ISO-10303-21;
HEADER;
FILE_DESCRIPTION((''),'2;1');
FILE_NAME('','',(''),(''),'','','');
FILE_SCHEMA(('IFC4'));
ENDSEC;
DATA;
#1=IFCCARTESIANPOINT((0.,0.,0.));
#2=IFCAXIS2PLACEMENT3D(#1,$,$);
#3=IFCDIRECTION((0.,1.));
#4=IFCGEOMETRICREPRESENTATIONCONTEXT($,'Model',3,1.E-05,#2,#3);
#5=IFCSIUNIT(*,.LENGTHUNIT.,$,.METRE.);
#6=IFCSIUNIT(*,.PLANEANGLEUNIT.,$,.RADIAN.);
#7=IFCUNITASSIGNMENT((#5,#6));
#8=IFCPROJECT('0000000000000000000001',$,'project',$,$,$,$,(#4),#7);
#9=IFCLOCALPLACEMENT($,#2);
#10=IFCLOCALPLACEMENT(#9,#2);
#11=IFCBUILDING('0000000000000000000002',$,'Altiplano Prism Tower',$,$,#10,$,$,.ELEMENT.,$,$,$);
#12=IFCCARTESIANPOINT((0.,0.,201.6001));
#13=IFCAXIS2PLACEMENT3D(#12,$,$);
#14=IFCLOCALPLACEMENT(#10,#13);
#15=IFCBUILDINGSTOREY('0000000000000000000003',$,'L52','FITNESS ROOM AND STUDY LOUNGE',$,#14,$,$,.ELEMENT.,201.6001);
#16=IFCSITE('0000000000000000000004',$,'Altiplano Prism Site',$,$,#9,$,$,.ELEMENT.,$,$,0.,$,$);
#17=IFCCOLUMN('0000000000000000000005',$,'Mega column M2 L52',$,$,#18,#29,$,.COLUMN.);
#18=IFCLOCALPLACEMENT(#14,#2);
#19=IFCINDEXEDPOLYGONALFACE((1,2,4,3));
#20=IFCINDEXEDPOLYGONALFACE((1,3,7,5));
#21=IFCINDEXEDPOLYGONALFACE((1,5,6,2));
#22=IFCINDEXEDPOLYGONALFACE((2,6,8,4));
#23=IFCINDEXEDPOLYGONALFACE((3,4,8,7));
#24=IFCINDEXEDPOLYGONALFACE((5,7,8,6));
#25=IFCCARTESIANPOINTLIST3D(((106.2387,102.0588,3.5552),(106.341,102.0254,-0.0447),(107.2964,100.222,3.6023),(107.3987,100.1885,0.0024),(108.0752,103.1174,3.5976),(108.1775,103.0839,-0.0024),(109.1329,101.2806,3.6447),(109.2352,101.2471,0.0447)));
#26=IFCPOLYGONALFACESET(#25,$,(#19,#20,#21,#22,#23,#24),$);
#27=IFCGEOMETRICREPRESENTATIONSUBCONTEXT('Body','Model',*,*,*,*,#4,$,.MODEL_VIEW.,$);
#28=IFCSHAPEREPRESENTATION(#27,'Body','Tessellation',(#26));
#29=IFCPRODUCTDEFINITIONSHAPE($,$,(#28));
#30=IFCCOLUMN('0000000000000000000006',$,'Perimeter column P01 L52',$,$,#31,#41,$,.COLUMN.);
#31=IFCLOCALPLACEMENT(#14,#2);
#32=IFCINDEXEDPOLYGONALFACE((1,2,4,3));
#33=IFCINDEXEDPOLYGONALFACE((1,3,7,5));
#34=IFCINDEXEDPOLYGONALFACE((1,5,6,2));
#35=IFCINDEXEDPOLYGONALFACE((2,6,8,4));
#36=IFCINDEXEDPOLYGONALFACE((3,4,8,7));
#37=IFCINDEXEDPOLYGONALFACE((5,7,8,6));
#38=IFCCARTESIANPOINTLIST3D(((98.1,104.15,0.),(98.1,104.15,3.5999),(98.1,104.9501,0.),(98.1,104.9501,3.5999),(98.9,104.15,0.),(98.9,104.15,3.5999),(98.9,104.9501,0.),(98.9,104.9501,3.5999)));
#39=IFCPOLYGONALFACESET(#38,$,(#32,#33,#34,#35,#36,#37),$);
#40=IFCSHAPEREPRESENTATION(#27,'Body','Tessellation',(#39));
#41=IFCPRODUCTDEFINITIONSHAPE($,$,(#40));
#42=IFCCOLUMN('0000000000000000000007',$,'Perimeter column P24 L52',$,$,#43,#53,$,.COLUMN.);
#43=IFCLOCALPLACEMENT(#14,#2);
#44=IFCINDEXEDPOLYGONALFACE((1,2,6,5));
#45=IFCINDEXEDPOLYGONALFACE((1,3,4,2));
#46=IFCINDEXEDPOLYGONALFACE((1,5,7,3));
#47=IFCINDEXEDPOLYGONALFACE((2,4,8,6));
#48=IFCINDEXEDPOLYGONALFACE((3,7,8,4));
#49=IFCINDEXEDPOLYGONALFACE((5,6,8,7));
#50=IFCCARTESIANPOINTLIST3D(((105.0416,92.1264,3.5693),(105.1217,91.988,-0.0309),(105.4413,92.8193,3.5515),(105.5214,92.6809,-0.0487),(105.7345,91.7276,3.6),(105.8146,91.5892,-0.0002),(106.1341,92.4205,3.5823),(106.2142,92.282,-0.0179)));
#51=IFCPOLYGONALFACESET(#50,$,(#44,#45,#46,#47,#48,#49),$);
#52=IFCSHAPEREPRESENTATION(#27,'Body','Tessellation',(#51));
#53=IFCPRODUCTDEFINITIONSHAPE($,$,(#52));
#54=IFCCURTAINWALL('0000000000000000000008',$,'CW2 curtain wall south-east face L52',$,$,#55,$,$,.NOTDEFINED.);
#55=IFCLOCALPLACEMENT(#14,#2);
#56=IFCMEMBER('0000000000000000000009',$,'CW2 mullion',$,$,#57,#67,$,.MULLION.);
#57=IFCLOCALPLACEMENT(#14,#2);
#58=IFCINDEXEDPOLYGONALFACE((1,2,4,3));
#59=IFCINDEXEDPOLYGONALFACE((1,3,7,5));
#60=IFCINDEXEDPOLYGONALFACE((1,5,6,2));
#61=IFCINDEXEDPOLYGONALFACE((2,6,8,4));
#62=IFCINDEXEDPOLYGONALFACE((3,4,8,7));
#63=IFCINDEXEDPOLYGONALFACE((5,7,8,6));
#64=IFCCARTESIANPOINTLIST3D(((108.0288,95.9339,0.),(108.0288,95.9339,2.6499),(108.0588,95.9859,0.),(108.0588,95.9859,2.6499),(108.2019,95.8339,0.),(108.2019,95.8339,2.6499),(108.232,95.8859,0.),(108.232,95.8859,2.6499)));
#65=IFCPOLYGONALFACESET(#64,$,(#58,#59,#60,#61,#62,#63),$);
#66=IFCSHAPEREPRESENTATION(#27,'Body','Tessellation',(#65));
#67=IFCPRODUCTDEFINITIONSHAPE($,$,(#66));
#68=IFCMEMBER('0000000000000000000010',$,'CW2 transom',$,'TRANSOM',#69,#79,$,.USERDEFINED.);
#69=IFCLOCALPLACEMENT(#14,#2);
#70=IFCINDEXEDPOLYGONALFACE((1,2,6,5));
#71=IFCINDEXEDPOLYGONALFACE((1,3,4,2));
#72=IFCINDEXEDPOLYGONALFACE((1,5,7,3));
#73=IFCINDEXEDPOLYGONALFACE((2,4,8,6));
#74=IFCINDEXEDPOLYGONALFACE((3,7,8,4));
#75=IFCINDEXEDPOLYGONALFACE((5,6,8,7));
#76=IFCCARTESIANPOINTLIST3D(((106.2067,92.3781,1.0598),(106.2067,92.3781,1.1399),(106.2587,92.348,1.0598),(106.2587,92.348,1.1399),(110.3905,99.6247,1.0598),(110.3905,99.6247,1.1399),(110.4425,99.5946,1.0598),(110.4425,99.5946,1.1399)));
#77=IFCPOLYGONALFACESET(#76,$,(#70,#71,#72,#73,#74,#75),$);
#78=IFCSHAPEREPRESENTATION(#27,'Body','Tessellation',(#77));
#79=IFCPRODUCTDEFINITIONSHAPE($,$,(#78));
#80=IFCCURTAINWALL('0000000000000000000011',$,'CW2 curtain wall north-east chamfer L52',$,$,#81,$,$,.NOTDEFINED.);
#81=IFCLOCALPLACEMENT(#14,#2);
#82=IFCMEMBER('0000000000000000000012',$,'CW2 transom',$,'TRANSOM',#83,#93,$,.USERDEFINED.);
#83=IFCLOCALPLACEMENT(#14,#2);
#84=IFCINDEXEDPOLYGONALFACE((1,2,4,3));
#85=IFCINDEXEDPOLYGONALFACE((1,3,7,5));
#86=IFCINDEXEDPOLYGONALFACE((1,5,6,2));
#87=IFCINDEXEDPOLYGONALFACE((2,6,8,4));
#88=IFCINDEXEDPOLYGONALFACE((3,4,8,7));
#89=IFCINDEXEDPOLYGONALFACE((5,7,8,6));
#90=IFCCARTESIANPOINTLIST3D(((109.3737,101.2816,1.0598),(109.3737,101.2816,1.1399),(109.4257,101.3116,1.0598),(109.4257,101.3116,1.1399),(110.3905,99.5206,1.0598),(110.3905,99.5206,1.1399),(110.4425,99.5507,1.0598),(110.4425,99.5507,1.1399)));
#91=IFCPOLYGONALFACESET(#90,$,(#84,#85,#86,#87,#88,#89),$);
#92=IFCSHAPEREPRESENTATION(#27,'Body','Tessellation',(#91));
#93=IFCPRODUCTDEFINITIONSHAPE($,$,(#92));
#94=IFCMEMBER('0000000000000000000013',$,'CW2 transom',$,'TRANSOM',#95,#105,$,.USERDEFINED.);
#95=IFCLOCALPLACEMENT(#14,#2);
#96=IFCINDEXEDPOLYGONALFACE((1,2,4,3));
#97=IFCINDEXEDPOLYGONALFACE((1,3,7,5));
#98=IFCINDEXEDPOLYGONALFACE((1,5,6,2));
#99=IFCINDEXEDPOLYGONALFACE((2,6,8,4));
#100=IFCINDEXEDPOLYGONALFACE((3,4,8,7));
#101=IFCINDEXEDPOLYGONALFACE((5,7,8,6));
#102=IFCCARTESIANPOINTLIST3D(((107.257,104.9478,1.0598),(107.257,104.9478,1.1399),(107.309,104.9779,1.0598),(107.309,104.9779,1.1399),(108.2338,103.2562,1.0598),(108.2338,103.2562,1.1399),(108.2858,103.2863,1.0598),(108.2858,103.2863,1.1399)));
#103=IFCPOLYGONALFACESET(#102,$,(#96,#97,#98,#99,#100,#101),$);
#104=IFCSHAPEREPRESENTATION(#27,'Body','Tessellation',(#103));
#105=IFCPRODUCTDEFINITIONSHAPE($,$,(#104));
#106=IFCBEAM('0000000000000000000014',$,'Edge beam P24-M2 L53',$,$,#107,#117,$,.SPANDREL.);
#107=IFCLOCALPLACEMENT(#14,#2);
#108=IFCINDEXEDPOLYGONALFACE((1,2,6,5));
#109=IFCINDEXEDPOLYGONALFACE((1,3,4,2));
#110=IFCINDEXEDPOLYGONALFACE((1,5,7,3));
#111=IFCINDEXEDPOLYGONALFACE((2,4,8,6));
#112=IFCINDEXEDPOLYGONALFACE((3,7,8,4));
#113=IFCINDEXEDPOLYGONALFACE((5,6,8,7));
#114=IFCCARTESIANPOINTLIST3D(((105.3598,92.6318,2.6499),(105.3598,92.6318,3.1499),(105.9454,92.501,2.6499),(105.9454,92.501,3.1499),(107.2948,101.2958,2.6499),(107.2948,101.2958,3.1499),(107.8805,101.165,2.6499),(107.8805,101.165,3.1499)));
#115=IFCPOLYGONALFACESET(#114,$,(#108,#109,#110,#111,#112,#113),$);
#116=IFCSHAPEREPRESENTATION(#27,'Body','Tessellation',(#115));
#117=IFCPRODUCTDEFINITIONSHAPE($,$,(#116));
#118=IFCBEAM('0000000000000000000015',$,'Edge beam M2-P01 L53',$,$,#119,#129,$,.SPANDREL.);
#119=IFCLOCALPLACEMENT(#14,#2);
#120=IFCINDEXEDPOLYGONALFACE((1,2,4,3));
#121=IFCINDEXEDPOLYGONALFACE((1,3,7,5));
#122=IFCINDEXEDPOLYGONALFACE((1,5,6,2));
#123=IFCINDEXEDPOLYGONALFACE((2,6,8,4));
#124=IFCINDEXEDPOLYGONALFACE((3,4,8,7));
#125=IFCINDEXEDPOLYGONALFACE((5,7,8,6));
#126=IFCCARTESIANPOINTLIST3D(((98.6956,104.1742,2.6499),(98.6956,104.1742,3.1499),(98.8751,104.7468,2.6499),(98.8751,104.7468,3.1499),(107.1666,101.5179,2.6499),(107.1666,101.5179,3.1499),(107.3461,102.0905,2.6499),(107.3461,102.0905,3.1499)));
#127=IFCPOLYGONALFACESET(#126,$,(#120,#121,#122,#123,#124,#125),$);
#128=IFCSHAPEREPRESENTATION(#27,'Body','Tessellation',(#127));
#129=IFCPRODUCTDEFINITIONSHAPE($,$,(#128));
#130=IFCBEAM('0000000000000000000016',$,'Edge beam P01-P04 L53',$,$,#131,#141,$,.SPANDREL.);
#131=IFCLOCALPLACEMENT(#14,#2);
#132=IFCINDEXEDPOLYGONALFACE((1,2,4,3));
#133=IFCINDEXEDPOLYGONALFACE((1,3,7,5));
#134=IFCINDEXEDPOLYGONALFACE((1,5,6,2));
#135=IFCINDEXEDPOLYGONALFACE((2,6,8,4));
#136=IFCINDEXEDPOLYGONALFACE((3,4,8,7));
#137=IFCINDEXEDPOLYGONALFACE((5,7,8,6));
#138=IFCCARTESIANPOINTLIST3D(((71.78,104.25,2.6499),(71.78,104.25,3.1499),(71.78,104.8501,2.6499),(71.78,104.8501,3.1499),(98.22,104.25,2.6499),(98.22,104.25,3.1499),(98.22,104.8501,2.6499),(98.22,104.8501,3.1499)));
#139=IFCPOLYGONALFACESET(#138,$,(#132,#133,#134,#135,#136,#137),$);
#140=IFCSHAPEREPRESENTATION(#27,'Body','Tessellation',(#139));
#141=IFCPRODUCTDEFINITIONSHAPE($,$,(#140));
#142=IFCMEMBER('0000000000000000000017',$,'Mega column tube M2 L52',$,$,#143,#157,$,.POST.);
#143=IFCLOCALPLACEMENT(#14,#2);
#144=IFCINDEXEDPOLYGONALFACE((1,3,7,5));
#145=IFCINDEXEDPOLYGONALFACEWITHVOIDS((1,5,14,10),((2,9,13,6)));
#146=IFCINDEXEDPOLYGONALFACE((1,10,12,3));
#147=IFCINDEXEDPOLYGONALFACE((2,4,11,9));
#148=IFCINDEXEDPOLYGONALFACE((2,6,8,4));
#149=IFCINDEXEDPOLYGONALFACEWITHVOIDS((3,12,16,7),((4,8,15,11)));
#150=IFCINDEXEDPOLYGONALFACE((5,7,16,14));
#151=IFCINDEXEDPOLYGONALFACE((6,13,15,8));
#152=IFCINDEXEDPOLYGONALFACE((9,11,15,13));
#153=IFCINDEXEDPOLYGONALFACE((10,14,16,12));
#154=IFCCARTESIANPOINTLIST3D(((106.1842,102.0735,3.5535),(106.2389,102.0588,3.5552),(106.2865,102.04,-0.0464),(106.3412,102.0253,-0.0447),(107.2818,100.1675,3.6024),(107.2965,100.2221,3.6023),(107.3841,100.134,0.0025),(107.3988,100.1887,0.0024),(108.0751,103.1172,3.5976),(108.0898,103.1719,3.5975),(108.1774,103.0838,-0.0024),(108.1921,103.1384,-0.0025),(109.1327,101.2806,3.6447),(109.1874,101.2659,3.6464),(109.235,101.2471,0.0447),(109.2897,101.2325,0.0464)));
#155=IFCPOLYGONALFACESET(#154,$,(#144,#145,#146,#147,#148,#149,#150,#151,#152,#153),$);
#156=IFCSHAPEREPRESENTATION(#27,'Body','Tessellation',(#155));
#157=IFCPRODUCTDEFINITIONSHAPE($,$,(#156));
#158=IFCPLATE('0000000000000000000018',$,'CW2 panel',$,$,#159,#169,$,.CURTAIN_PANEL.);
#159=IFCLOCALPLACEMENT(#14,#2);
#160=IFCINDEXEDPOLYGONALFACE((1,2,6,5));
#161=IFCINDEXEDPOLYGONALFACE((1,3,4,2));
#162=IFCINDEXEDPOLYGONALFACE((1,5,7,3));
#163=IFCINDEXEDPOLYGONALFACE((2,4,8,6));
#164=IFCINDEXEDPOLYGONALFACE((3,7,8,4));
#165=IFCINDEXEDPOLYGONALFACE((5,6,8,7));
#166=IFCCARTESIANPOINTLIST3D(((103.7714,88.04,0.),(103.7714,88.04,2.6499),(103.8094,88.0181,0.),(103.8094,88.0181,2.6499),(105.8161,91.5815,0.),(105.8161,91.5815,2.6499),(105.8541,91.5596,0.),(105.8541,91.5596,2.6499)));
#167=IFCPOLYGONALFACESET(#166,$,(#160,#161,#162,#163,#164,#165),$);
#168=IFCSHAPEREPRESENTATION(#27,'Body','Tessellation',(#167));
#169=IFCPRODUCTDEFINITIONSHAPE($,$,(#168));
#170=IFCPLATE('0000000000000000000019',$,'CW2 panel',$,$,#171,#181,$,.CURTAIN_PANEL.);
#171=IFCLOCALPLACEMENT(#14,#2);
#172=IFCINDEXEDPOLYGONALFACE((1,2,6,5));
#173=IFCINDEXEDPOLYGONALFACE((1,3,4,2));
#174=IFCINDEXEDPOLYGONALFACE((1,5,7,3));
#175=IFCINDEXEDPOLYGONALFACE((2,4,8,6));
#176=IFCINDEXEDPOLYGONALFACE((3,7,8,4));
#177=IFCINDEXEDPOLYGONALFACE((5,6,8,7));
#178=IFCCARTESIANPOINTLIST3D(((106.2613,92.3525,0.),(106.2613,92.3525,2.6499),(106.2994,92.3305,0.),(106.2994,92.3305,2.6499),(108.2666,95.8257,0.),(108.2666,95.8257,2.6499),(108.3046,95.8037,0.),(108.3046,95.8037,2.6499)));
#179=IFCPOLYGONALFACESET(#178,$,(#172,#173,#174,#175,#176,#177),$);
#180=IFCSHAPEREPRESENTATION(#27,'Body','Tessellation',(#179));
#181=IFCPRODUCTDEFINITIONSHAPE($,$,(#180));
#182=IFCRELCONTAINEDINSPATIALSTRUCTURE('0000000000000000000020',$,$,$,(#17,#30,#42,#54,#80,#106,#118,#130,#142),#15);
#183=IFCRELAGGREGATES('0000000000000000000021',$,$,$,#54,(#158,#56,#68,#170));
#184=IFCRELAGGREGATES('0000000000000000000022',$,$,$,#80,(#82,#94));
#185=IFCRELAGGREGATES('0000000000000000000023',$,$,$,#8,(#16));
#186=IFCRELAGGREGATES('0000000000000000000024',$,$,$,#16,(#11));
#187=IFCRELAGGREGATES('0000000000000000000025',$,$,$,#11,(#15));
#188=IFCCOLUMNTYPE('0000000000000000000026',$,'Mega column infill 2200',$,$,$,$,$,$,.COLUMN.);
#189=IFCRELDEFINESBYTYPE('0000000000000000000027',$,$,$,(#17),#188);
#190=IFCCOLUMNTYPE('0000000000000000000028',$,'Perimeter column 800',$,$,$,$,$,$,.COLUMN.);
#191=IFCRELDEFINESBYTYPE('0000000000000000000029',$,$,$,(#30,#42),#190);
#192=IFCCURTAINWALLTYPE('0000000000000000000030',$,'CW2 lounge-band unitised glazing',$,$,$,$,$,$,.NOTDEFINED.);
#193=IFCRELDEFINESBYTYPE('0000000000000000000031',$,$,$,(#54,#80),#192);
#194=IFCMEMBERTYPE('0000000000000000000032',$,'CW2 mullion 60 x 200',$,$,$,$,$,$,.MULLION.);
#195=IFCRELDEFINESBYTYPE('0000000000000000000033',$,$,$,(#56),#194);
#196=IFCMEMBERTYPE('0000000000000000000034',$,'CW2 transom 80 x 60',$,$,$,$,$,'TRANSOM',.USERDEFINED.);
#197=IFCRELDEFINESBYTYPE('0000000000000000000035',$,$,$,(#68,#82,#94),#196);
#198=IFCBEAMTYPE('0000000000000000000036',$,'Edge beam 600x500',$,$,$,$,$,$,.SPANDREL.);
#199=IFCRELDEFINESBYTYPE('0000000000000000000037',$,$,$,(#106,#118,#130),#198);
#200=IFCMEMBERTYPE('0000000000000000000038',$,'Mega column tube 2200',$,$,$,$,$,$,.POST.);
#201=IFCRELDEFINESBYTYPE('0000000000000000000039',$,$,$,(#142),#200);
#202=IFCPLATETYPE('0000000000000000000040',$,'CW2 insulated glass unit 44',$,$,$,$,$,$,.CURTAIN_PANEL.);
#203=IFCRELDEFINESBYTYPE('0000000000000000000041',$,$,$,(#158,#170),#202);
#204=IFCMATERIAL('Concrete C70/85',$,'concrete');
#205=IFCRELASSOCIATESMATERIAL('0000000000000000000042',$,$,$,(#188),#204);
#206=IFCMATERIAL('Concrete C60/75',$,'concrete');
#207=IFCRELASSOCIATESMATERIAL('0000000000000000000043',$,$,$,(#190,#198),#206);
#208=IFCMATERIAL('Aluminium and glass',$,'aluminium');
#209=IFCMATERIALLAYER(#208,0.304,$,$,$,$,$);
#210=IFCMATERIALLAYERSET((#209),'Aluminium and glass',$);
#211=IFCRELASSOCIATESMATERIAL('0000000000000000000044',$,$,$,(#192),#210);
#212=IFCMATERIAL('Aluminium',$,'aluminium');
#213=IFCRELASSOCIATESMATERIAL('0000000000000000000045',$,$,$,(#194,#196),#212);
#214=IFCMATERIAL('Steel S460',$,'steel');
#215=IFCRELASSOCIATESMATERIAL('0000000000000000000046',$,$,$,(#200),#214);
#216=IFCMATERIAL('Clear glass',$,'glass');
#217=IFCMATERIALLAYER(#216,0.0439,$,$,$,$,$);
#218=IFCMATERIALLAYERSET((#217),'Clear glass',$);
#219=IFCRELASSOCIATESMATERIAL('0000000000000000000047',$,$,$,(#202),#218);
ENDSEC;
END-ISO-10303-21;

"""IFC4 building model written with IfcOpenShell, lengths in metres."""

from ifc_helpers import new_model, si_unit, direction, frame, origin, origin_2d, place, context, subcontext, project, spatial, rectangle, hollow_rectangle, extrude, material, layer, layer_set, material_profile, profile_set, type_object, element, aggregate, save


model = new_model("IFC4")

# Units and contexts
model_context = context("Model", 3, precision=1e-05, world=origin(), true_north=direction((0.0, 1.0)))
body_context = subcontext(model_context, "Body", "Model", "MODEL_VIEW")
ifc_project = project(units=[si_unit("LENGTHUNIT", "METRE"), si_unit("PLANEANGLEUNIT", "RADIAN")], contexts=[model_context])

# Site, building, storey
site_placement = place(None, origin())
site = spatial("IfcSite", under=ifc_project, at=site_placement, Name="Altiplano Prism Site", CompositionType="ELEMENT", RefElevation=0.0)
building_placement = place(site_placement, origin())
building = spatial("IfcBuilding", under=site, at=building_placement, Name="Altiplano Prism Tower", CompositionType="ELEMENT")
storey_placement = place(building_placement, frame((0.0, 0.0, 201.6001)))
storey = spatial("IfcBuildingStorey", under=building, at=storey_placement, Name="L52", Description="FITNESS ROOM AND STUDY LOUNGE", CompositionType="ELEMENT", Elevation=201.6001)

# Columns
ifc_material_1 = material(Name="Concrete C70/85", Category="concrete")
ifc_material_profile_1 = material_profile(ifc_material_1, rectangle(XDim=2.1201, YDim=2.1201, at=origin_2d()), Name="Mega column infill 2200")
ifc_profile_set_1 = profile_set([ifc_material_profile_1], Name="Concrete C70/85")
column_type_1 = type_object("IfcColumnType", Name="Mega column infill 2200", PredefinedType="COLUMN", material=ifc_profile_set_1)
column_1_placement = place(storey_placement, frame((107.7881, 101.6362, 0.0), z_axis=(-0.028404, 0.009287, 0.999553), x_axis=(0.498891, -0.866379, 0.022226)))
element("IfcColumn", 1, at=column_1_placement, inside=storey, type_object=column_type_1, Name="Mega column M2 L52", PredefinedType="COLUMN", context=body_context, shape_type="SweptSolid", body=[
    extrude(rectangle(XDim=2.1201, YDim=2.1201, at=origin_2d()), origin(), (0.0, 0.0, 1.0), 3.6016),
])
ifc_material_2 = material(Name="Concrete C60/75", Category="concrete")
ifc_material_profile_2 = material_profile(ifc_material_2, rectangle(XDim=0.8, YDim=0.8, at=origin_2d()), Name="Perimeter column 800")
ifc_profile_set_2 = profile_set([ifc_material_profile_2], Name="Concrete C60/75")
column_type_2 = type_object("IfcColumnType", Name="Perimeter column 800", PredefinedType="COLUMN", material=ifc_profile_set_2)
column_2_placement = place(storey_placement, frame((98.5, 104.55, 0.0), z_axis=(0.0, 0.0, 1.0), x_axis=(1.0, 0.0, 0.0)))
element("IfcColumn", 2, at=column_2_placement, inside=storey, type_object=column_type_2, Name="Perimeter column P01 L52", PredefinedType="COLUMN", context=body_context, shape_type="SweptSolid", body=[
    extrude(rectangle(XDim=0.8, YDim=0.8, at=origin_2d()), origin(), (0.0, 0.0, 1.0), 3.5999),
])
column_3_placement = place(storey_placement, frame((105.668, 92.135, -0.0244), z_axis=(-0.022221, 0.038413, 0.999015), x_axis=(-0.499508, -0.866025, 0.022189)))
element("IfcColumn", 3, at=column_3_placement, inside=storey, type_object=column_type_2, Name="Perimeter column P24 L52", PredefinedType="COLUMN", context=body_context, shape_type="SweptSolid", body=[
    extrude(rectangle(XDim=0.8, YDim=0.8, at=origin_2d()), origin(), (0.0, 0.0, 1.0), 3.6038),
])

# Curtain walls, members
ifc_material_3 = material(Name="Aluminium and glass", Category="aluminium")
ifc_layer_1 = layer(ifc_material_3, 0.304)
ifc_layer_set_1 = layer_set([ifc_layer_1], Name="Aluminium and glass")
curtain_wall_type = type_object("IfcCurtainWallType", Name="CW2 lounge-band unitised glazing", PredefinedType="NOTDEFINED", material=ifc_layer_set_1)
curtain_wall_1_placement = place(storey_placement, origin())
curtain_wall_1 = element("IfcCurtainWall", 4, at=curtain_wall_1_placement, inside=storey, type_object=curtain_wall_type, Name="CW2 curtain wall south-east face L52", PredefinedType="NOTDEFINED")
ifc_material_4 = material(Name="Aluminium", Category="aluminium")
ifc_material_profile_3 = material_profile(ifc_material_4, rectangle(XDim=0.2, YDim=0.0601, at=origin_2d()), Name="CW2 mullion 60 x 200")
ifc_profile_set_3 = profile_set([ifc_material_profile_3], Name="Aluminium")
member_type_1 = type_object("IfcMemberType", Name="CW2 mullion 60 x 200", PredefinedType="MULLION", material=ifc_profile_set_3)
member_1_placement = place(storey_placement, frame((108.1304, 95.9099, 0.0), z_axis=(0.0, 0.0, 1.0), x_axis=(-0.866025, 0.5, 0.0)))
member_1 = element("IfcMember", 5, at=member_1_placement, type_object=member_type_1, Name="CW2 mullion", PredefinedType="MULLION", context=body_context, shape_type="SweptSolid", body=[
    extrude(rectangle(XDim=0.2, YDim=0.0601, at=origin_2d()), origin(), (0.0, 0.0, 1.0), 2.6499),
])
ifc_material_profile_4 = material_profile(ifc_material_4, rectangle(XDim=0.0601, YDim=0.0801, at=origin_2d()), Name="CW2 transom 80 x 60")
ifc_profile_set_4 = profile_set([ifc_material_profile_4], Name="Aluminium")
member_type_2 = type_object("IfcMemberType", Name="CW2 transom 80 x 60", ElementType="TRANSOM", PredefinedType="USERDEFINED", material=ifc_profile_set_4)
member_2_placement = place(storey_placement, frame((106.2327, 92.363, 1.0999), z_axis=(0.500002, 0.866024, 0.0), x_axis=(-0.866024, 0.500002, 0.0)))
member_2 = element("IfcMember", 6, at=member_2_placement, type_object=member_type_2, Name="CW2 transom", ObjectType="TRANSOM", PredefinedType="USERDEFINED", context=body_context, shape_type="SweptSolid", body=[
    extrude(rectangle(XDim=0.0601, YDim=0.0801, at=origin_2d()), origin(), (0.0, 0.0, 1.0), 8.3677),
])
curtain_wall_2_placement = place(storey_placement, origin())
curtain_wall_2 = element("IfcCurtainWall", 7, at=curtain_wall_2_placement, inside=storey, type_object=curtain_wall_type, Name="CW2 curtain wall north-east chamfer L52", PredefinedType="NOTDEFINED")
member_3_placement = place(storey_placement, frame((110.4165, 99.5356, 1.0999), z_axis=(-0.500052, 0.865996, 0.0), x_axis=(-0.865996, -0.500052, 0.0)))
member_3 = element("IfcMember", 8, at=member_3_placement, type_object=member_type_2, Name="CW2 transom", ObjectType="TRANSOM", PredefinedType="USERDEFINED", context=body_context, shape_type="SweptSolid", body=[
    extrude(rectangle(XDim=0.0601, YDim=0.0801, at=origin_2d()), origin(), (0.0, 0.0, 1.0), 2.0334),
])
member_4_placement = place(storey_placement, frame((108.2598, 103.2712, 1.0999), z_axis=(-0.500051, 0.865996, 0.0), x_axis=(-0.865996, -0.500051, 0.0)))
member_4 = element("IfcMember", 9, at=member_4_placement, type_object=member_type_2, Name="CW2 transom", ObjectType="TRANSOM", PredefinedType="USERDEFINED", context=body_context, shape_type="SweptSolid", body=[
    extrude(rectangle(XDim=0.0601, YDim=0.0801, at=origin_2d()), origin(), (0.0, 0.0, 1.0), 1.9534),
])

# Beams
ifc_material_profile_5 = material_profile(ifc_material_2, rectangle(XDim=0.6001, YDim=0.5, at=origin_2d()), Name="Edge beam 600x500")
ifc_profile_set_5 = profile_set([ifc_material_profile_5], Name="Concrete C60/75")
beam_type = type_object("IfcBeamType", Name="Edge beam 600x500", PredefinedType="SPANDREL", material=ifc_profile_set_5)
beam_1_placement = place(storey_placement, frame((105.6526, 92.5664, 2.8999), z_axis=(0.217973, 0.975955, 0.0), x_axis=(-0.975955, 0.217973, 0.0)))
element("IfcBeam", 10, at=beam_1_placement, inside=storey, type_object=beam_type, Name="Edge beam P24-M2 L53", PredefinedType="SPANDREL", context=body_context, shape_type="SweptSolid", body=[
    extrude(rectangle(XDim=0.6001, YDim=0.5, at=origin_2d()), origin(), (0.0, 0.0, 1.0), 8.8774),
])
beam_2_placement = place(storey_placement, frame((107.2563, 101.8042, 2.8999), z_axis=(-0.954188, 0.299207, 0.0), x_axis=(-0.299207, -0.954188, 0.0)))
element("IfcBeam", 11, at=beam_2_placement, inside=storey, type_object=beam_type, Name="Edge beam M2-P01 L53", PredefinedType="SPANDREL", context=body_context, shape_type="SweptSolid", body=[
    extrude(rectangle(XDim=0.6001, YDim=0.5, at=origin_2d()), origin(), (0.0, 0.0, 1.0), 8.8777),
])
beam_3_placement = place(storey_placement, frame((98.22, 104.55, 2.8999), z_axis=(-1.0, 0.0, 0.0), x_axis=(0.0, -1.0, 0.0)))
element("IfcBeam", 12, at=beam_3_placement, inside=storey, type_object=beam_type, Name="Edge beam P01-P04 L53", PredefinedType="SPANDREL", context=body_context, shape_type="SweptSolid", body=[
    extrude(rectangle(XDim=0.6001, YDim=0.5, at=origin_2d()), origin(), (0.0, 0.0, 1.0), 26.4399),
])

# Member
ifc_material_5 = material(Name="Steel S460", Category="steel")
ifc_material_profile_6 = material_profile(ifc_material_5, hollow_rectangle(XDim=2.2, YDim=2.2, WallThickness=0.04, at=origin_2d()), Name="Mega column tube 2200")
ifc_profile_set_6 = profile_set([ifc_material_profile_6], Name="Steel S460")
member_type_3 = type_object("IfcMemberType", Name="Mega column tube 2200", PredefinedType="POST", material=ifc_profile_set_6)
member_5_placement = place(storey_placement, frame((107.7881, 101.6362, 0.0), z_axis=(-0.028404, 0.009287, 0.999553), x_axis=(0.498891, -0.866379, 0.022226)))
element("IfcMember", 13, at=member_5_placement, inside=storey, type_object=member_type_3, Name="Mega column tube M2 L52", PredefinedType="POST", context=body_context, shape_type="SweptSolid", body=[
    extrude(hollow_rectangle(XDim=2.2, YDim=2.2, WallThickness=0.04, at=origin_2d()), origin(), (0.0, 0.0, 1.0), 3.6016),
])

# Plates
ifc_material_6 = material(Name="Clear glass", Category="glass")
ifc_layer_2 = layer(ifc_material_6, 0.0439)
ifc_layer_set_2 = layer_set([ifc_layer_2], Name="Clear glass")
plate_type = type_object("IfcPlateType", Name="CW2 insulated glass unit 44", PredefinedType="CURTAIN_PANEL", material=ifc_layer_set_2)
plate_1_placement = place(storey_placement, frame((104.8127, 89.7998, 0.0), z_axis=(0.0, 0.0, 1.0), x_axis=(0.5, 0.866025, 0.0)))
plate_1 = element("IfcPlate", 14, at=plate_1_placement, type_object=plate_type, Name="CW2 panel", PredefinedType="CURTAIN_PANEL", context=body_context, shape_type="SweptSolid", body=[
    extrude(rectangle(XDim=4.0894, YDim=0.0439, at=origin_2d()), origin(), (0.0, 0.0, 1.0), 2.6499),
])
plate_2_placement = place(storey_placement, frame((107.283, 94.0781, 0.0), z_axis=(0.0, 0.0, 1.0), x_axis=(0.5, 0.866025, 0.0)))
plate_2 = element("IfcPlate", 15, at=plate_2_placement, type_object=plate_type, Name="CW2 panel", PredefinedType="CURTAIN_PANEL", context=body_context, shape_type="SweptSolid", body=[
    extrude(rectangle(XDim=4.0105, YDim=0.0439, at=origin_2d()), origin(), (0.0, 0.0, 1.0), 2.6499),
])
aggregate(curtain_wall_1, [plate_1, member_1, member_2, plate_2])
aggregate(curtain_wall_2, [member_3, member_4])

save(model, "model.ifc")
